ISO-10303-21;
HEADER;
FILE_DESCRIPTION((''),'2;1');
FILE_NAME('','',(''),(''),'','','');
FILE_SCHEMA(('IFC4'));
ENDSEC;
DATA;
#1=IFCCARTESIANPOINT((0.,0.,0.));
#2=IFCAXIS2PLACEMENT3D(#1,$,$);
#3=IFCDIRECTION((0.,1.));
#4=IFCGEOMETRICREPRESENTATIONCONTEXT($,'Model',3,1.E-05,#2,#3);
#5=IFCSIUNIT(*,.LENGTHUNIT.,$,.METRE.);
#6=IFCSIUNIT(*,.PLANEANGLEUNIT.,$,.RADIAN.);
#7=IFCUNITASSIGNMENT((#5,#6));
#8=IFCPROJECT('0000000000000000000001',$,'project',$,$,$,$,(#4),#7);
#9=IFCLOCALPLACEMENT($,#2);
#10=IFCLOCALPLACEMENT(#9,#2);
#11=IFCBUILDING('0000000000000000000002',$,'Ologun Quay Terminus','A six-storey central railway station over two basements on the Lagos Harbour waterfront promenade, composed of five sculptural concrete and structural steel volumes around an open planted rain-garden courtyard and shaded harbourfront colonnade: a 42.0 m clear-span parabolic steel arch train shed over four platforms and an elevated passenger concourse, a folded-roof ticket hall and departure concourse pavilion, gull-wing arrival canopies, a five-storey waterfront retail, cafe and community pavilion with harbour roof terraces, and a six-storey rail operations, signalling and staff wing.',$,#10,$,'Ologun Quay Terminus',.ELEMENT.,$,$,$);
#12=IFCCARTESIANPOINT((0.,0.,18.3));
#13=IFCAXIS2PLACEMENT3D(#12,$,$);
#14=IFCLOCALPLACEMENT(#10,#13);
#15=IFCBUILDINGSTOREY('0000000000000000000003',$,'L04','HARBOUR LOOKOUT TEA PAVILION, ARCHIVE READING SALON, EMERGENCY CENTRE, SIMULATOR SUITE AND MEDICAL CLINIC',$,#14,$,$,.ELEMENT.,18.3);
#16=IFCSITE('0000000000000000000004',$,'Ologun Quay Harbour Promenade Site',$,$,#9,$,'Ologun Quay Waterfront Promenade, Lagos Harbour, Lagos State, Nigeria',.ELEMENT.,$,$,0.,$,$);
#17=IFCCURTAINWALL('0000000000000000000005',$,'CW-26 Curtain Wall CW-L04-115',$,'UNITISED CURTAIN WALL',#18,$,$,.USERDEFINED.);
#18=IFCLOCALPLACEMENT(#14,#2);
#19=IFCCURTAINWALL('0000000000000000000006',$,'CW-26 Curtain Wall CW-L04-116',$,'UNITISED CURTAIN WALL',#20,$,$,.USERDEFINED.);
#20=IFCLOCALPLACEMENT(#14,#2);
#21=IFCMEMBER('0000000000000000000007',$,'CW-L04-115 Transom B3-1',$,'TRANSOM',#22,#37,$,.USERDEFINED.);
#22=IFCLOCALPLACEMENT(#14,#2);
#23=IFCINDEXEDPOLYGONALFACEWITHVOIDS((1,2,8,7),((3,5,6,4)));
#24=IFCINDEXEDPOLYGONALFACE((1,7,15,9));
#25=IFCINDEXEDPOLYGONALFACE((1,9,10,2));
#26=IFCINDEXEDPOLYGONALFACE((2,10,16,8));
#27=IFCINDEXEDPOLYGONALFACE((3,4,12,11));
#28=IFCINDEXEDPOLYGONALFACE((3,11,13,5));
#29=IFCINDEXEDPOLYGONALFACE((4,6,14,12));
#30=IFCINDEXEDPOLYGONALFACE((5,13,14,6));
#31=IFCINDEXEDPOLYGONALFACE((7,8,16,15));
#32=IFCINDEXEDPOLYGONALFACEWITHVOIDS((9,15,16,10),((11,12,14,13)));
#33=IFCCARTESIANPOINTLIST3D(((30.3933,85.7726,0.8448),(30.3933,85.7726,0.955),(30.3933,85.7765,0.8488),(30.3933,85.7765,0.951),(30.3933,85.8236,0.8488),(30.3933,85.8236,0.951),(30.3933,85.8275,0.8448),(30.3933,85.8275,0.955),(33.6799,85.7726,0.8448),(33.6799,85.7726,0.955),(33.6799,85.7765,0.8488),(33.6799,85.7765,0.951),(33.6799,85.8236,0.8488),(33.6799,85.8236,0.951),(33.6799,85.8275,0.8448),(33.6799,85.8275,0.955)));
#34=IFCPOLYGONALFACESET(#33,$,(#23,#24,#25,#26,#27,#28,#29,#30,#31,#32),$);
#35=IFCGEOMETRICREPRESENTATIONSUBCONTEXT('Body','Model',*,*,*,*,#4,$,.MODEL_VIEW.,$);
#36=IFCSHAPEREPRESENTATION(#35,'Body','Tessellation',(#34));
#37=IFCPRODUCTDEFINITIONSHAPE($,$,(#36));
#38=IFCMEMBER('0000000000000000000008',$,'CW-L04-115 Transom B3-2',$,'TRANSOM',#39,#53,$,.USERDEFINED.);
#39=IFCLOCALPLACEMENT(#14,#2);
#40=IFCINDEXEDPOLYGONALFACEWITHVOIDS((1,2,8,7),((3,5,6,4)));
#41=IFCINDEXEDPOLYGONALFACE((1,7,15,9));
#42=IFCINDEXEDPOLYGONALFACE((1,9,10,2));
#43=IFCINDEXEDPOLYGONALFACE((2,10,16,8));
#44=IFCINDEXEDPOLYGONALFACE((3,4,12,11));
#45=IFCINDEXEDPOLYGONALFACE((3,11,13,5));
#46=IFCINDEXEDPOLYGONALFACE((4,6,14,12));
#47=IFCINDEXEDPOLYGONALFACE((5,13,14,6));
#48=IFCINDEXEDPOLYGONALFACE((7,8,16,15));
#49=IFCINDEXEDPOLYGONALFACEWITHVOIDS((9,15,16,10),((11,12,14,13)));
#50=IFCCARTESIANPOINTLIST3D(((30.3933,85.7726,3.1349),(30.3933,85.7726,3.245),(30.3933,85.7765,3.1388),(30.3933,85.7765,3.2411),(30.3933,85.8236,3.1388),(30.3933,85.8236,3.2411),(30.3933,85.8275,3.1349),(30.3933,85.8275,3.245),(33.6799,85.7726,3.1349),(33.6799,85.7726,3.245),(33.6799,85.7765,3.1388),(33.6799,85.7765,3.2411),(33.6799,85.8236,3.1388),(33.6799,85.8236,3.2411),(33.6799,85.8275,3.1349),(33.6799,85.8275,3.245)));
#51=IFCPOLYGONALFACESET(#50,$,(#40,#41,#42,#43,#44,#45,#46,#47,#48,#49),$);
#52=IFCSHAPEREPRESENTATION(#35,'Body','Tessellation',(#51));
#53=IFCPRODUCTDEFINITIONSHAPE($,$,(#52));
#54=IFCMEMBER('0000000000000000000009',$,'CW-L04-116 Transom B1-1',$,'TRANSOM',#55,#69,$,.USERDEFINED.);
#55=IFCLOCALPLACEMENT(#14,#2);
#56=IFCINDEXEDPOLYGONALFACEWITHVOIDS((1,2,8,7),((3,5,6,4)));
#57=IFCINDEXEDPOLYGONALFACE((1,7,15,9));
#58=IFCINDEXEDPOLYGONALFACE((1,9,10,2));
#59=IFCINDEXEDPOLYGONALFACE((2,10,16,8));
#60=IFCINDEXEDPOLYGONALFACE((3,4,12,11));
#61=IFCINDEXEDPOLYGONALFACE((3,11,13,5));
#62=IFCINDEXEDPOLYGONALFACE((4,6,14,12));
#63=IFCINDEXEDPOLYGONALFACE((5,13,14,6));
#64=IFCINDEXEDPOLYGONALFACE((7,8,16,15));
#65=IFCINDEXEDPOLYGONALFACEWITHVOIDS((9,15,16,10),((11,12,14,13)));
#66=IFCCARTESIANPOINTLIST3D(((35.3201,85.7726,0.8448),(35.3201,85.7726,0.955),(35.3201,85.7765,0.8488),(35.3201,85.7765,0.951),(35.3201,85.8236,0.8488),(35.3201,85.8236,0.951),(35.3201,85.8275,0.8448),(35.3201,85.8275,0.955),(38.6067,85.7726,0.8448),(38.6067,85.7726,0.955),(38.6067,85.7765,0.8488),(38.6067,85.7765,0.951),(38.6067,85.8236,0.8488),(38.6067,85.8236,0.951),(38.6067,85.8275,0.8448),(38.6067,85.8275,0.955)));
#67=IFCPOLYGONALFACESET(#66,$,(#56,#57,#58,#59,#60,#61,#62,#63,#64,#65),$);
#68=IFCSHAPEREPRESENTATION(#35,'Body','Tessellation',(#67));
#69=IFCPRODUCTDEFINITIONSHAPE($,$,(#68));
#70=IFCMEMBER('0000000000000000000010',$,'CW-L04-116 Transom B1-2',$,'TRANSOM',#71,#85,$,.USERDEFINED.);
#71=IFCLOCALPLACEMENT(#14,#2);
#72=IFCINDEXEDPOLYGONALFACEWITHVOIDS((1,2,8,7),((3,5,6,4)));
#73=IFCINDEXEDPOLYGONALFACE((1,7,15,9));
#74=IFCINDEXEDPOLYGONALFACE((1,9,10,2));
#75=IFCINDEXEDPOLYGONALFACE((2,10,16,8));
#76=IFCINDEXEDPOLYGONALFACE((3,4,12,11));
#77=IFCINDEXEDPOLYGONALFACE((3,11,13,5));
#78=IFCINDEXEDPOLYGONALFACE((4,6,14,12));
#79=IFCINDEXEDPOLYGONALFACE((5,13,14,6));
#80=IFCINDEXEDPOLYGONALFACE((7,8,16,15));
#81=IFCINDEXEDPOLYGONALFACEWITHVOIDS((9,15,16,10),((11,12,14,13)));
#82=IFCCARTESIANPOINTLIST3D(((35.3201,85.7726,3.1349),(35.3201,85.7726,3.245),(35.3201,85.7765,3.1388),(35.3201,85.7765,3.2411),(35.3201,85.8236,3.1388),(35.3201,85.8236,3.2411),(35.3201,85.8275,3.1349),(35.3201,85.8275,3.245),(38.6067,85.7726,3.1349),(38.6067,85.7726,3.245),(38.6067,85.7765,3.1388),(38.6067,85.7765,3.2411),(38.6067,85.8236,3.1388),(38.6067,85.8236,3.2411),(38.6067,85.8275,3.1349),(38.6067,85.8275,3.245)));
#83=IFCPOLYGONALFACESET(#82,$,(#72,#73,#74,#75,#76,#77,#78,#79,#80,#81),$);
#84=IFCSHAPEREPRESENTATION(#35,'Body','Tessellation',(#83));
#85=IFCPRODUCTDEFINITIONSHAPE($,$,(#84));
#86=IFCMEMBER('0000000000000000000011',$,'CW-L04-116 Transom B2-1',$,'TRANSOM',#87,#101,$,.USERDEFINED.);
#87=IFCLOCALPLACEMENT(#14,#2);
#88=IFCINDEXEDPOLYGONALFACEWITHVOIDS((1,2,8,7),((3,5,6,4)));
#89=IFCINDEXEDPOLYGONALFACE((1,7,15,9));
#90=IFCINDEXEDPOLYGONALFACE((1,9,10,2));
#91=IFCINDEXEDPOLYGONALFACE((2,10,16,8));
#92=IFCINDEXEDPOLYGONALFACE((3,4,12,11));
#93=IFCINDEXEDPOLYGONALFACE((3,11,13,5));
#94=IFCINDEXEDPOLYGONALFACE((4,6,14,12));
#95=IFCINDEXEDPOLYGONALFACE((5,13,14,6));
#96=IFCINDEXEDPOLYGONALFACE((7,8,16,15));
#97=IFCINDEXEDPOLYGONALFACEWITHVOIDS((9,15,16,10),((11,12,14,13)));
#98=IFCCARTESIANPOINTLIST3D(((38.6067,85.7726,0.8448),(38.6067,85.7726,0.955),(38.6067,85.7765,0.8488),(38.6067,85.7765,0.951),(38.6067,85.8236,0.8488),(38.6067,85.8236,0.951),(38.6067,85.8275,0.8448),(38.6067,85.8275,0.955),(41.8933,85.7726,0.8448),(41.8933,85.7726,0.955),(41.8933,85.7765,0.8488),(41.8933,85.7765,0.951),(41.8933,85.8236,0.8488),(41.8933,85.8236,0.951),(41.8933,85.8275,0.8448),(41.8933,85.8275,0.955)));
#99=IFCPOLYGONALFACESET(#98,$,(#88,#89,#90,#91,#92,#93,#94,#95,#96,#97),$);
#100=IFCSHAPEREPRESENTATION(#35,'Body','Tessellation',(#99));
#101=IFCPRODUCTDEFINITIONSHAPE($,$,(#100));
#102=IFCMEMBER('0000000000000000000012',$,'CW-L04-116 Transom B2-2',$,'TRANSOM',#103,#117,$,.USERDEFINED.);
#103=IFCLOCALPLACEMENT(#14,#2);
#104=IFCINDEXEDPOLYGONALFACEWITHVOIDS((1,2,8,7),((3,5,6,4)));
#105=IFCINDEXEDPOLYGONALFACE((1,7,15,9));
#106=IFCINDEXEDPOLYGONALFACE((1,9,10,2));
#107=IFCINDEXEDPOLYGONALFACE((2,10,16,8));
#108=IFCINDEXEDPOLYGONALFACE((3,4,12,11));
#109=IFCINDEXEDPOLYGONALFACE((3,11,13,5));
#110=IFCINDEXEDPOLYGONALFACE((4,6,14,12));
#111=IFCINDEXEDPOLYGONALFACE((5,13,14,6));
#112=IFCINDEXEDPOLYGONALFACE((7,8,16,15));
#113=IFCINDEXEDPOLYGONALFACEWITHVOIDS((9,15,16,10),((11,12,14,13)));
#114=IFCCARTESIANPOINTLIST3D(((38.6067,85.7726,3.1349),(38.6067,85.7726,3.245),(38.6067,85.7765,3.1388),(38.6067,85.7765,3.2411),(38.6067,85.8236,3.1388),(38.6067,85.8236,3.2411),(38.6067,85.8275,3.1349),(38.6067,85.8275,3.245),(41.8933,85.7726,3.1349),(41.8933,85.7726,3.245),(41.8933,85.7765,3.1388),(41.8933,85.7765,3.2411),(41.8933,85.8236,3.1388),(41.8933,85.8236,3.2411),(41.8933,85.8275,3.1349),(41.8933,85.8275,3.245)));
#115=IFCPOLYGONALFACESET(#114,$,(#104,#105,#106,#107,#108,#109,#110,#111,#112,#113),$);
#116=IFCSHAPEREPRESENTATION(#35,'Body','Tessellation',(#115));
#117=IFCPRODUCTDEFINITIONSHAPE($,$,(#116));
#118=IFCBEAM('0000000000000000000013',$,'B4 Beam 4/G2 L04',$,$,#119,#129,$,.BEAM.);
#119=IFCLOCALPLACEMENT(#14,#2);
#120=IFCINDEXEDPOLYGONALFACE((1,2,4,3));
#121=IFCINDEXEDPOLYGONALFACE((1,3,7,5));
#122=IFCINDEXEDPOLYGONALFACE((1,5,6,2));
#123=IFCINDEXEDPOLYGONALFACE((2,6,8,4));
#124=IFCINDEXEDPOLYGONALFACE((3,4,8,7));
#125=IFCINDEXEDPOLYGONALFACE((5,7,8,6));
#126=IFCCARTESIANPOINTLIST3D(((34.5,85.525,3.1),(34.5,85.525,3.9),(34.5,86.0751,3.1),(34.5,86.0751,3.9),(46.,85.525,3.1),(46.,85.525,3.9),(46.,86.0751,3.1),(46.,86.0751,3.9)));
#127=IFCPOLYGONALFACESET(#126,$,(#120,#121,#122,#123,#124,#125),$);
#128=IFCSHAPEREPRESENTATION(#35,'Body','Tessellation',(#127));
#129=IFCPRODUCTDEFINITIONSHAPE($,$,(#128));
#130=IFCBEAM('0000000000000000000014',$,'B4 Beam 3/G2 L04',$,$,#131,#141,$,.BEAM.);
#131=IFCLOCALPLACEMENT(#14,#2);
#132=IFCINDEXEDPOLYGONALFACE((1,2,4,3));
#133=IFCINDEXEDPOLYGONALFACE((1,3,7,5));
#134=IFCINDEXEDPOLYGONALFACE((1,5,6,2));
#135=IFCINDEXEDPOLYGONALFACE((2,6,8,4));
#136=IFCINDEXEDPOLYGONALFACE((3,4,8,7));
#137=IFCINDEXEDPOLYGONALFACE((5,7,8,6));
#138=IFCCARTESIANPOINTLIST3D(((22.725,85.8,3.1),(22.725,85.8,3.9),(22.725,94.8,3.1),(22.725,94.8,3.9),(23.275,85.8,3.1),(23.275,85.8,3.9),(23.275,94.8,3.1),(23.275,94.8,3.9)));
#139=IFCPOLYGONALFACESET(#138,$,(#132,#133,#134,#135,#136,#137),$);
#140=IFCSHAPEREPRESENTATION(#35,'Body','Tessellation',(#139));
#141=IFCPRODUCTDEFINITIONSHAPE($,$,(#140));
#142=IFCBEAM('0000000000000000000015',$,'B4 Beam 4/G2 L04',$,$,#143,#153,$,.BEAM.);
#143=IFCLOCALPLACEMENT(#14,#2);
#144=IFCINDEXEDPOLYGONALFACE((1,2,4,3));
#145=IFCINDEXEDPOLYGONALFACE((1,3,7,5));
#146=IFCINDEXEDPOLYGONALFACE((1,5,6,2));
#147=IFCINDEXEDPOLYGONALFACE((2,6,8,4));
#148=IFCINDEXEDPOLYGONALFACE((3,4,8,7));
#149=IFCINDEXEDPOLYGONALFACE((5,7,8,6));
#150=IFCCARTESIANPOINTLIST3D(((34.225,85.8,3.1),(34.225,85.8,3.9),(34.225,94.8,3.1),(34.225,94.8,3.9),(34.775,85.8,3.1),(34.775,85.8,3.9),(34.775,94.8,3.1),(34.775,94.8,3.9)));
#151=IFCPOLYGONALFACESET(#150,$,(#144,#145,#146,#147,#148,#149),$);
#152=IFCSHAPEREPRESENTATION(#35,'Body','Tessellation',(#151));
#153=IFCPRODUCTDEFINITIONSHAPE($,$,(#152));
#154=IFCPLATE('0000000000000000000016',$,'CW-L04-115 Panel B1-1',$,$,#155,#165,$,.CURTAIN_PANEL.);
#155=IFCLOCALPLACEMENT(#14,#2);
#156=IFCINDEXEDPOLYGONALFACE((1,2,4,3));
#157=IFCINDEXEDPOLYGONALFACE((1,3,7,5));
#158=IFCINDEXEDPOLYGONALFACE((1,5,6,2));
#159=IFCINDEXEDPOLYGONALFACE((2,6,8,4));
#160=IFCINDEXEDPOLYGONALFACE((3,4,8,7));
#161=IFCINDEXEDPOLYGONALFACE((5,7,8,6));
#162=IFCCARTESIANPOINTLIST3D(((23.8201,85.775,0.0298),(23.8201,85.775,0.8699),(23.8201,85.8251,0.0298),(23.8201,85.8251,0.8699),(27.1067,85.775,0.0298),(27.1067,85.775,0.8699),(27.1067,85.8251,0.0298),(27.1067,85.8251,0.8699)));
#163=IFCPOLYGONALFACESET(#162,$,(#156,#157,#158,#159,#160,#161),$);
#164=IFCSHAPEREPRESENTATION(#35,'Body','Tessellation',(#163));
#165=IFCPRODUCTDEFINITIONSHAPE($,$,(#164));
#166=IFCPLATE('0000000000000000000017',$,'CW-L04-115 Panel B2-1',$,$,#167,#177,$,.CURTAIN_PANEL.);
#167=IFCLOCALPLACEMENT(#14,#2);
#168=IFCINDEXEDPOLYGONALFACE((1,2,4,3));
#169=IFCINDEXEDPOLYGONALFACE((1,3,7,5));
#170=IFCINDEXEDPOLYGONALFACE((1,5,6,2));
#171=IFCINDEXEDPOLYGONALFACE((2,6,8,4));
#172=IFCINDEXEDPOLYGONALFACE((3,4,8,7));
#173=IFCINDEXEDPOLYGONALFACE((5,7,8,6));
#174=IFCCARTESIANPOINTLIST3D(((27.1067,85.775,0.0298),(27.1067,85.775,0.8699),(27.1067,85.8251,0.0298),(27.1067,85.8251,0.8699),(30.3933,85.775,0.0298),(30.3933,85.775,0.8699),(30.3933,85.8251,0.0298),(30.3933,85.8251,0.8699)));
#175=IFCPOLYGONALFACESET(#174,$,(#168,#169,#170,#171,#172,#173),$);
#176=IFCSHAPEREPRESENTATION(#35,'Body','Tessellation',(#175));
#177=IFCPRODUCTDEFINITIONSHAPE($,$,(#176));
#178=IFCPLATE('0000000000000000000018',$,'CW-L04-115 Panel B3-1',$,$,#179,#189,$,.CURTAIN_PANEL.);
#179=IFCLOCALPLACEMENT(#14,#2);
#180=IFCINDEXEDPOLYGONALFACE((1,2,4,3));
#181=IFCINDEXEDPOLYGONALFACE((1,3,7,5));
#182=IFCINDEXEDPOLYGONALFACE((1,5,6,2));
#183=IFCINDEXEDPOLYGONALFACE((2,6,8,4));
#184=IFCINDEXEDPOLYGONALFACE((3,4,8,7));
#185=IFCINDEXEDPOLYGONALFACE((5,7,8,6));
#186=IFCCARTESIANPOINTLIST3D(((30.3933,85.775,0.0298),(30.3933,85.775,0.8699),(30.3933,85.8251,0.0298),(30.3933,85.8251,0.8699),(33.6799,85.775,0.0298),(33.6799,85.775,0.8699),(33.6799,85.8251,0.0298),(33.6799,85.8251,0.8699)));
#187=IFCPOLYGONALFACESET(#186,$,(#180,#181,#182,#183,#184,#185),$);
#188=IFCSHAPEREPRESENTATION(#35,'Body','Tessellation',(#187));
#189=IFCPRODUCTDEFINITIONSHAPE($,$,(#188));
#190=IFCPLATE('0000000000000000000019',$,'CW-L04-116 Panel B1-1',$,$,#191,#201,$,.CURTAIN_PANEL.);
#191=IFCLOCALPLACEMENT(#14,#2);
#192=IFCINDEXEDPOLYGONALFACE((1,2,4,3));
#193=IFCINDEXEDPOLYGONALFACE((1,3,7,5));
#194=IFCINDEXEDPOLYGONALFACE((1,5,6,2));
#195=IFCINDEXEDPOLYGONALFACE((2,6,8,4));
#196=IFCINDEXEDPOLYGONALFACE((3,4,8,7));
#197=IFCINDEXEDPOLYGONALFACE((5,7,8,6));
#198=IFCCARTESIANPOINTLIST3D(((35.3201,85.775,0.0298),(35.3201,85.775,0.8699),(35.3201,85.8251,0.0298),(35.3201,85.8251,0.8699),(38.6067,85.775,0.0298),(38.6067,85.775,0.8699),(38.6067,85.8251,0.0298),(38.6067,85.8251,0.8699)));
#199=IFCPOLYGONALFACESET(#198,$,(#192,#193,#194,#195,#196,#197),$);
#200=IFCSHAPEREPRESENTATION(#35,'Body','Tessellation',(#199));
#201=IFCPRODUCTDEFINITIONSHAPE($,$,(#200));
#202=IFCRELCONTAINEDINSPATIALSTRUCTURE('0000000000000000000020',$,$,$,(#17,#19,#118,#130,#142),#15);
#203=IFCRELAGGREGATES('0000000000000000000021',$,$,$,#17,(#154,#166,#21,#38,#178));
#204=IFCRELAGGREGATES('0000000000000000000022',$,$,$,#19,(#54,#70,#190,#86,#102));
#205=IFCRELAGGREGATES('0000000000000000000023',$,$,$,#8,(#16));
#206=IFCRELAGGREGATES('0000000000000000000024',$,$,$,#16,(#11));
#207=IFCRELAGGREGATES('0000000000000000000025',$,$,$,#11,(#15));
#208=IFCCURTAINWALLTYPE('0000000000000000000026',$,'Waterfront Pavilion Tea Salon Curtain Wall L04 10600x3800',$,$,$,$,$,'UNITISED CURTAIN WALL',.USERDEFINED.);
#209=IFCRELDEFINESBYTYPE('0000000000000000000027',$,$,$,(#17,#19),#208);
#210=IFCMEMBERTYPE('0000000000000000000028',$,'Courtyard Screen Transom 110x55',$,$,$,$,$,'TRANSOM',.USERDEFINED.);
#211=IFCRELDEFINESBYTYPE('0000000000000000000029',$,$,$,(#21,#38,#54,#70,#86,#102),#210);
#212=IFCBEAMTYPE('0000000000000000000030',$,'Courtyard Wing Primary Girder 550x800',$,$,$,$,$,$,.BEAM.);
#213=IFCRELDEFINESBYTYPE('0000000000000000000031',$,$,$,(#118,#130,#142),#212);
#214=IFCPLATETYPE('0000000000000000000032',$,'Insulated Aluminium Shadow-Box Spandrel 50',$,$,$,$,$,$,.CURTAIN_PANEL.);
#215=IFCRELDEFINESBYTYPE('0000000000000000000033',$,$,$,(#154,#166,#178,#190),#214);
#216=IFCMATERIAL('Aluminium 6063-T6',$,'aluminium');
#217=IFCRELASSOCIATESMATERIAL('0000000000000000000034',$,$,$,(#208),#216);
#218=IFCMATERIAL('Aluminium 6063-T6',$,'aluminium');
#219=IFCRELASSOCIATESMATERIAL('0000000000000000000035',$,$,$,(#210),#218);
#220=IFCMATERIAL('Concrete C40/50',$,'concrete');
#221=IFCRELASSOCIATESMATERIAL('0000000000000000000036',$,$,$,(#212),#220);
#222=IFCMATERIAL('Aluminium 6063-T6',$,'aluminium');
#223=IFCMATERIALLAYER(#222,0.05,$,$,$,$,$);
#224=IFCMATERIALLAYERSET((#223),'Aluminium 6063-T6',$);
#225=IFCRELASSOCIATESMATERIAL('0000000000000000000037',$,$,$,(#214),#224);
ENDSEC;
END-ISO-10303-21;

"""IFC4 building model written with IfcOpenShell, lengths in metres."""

from ifc_helpers import new_model, si_unit, direction, frame, origin, origin_2d, place, context, subcontext, project, spatial, rectangle, hollow_rectangle, extrude, material, layer, layer_set, material_profile, profile_set, type_object, element, aggregate, save


model = new_model("IFC4")

# Units and contexts
model_context = context("Model", 3, precision=1e-05, world=origin(), true_north=direction((0.0, 1.0)))
body_context = subcontext(model_context, "Body", "Model", "MODEL_VIEW")
ifc_project = project(units=[si_unit("LENGTHUNIT", "METRE"), si_unit("PLANEANGLEUNIT", "RADIAN")], contexts=[model_context])

# Site, building, storey
site_placement = place(None, origin())
site = spatial("IfcSite", under=ifc_project, at=site_placement, Name="Ologun Quay Harbour Promenade Site", LongName="Ologun Quay Waterfront Promenade, Lagos Harbour, Lagos State, Nigeria", CompositionType="ELEMENT", RefElevation=0.0)
building_placement = place(site_placement, origin())
building = spatial("IfcBuilding", under=site, at=building_placement, Name="Ologun Quay Terminus", Description="A six-storey central railway station over two basements on the Lagos Harbour waterfront promenade, composed of five sculptural concrete and structural steel volumes around an open planted rain-garden courtyard and shaded harbourfront colonnade: a 42.0 m clear-span parabolic steel arch train shed over four platforms and an elevated passenger concourse, a folded-roof ticket hall and departure concourse pavilion, gull-wing arrival canopies, a five-storey waterfront retail, cafe and community pavilion with harbour roof terraces, and a six-storey rail operations, signalling and staff wing.", LongName="Ologun Quay Terminus", CompositionType="ELEMENT")
storey_placement = place(building_placement, frame((0.0, 0.0, 18.3)))
storey = spatial("IfcBuildingStorey", under=building, at=storey_placement, Name="L04", Description="HARBOUR LOOKOUT TEA PAVILION, ARCHIVE READING SALON, EMERGENCY CENTRE, SIMULATOR SUITE AND MEDICAL CLINIC", CompositionType="ELEMENT", Elevation=18.3)

# Curtain walls
ifc_material_1 = material(Name="Aluminium 6063-T6", Category="aluminium")
curtain_wall_type = type_object("IfcCurtainWallType", Name="Waterfront Pavilion Tea Salon Curtain Wall L04 10600x3800", ElementType="UNITISED CURTAIN WALL", PredefinedType="USERDEFINED", material=ifc_material_1)
curtain_wall_1_placement = place(storey_placement, origin())
curtain_wall_1 = element("IfcCurtainWall", 1, at=curtain_wall_1_placement, inside=storey, type_object=curtain_wall_type, Name="CW-26 Curtain Wall CW-L04-115", ObjectType="UNITISED CURTAIN WALL", PredefinedType="USERDEFINED")
curtain_wall_2_placement = place(storey_placement, origin())
curtain_wall_2 = element("IfcCurtainWall", 2, at=curtain_wall_2_placement, inside=storey, type_object=curtain_wall_type, Name="CW-26 Curtain Wall CW-L04-116", ObjectType="UNITISED CURTAIN WALL", PredefinedType="USERDEFINED")

# Members
ifc_material_2 = material(Name="Aluminium 6063-T6", Category="aluminium")
ifc_material_profile_1 = material_profile(ifc_material_2, hollow_rectangle(XDim=0.0549, YDim=0.1101, WallThickness=0.0039, at=origin_2d()), Name="ALU 110x55x4")
ifc_profile_set_1 = profile_set([ifc_material_profile_1], Name="Aluminium 6063-T6")
member_type_1 = type_object("IfcMemberType", Name="Courtyard Screen Transom 110x55", ElementType="TRANSOM", PredefinedType="USERDEFINED", material=ifc_profile_set_1)
member_1_placement = place(storey_placement, frame((30.3933, 85.8, 0.8999), z_axis=(1.0, 0.0, 0.0), x_axis=(0.0, 1.0, 0.0)))
member_1 = element("IfcMember", 3, at=member_1_placement, type_object=member_type_1, Name="CW-L04-115 Transom B3-1", ObjectType="TRANSOM", PredefinedType="USERDEFINED", context=body_context, shape_type="SweptSolid", body=[
    extrude(hollow_rectangle(XDim=0.0549, YDim=0.1101, WallThickness=0.0039, at=origin_2d()), origin(), (0.0, 0.0, 1.0), 3.2866),
])
member_2_placement = place(storey_placement, frame((30.3933, 85.8, 3.1899), z_axis=(1.0, 0.0, 0.0), x_axis=(0.0, 1.0, 0.0)))
member_2 = element("IfcMember", 4, at=member_2_placement, type_object=member_type_1, Name="CW-L04-115 Transom B3-2", ObjectType="TRANSOM", PredefinedType="USERDEFINED", context=body_context, shape_type="SweptSolid", body=[
    extrude(hollow_rectangle(XDim=0.0549, YDim=0.1101, WallThickness=0.0039, at=origin_2d()), origin(), (0.0, 0.0, 1.0), 3.2866),
])
member_3_placement = place(storey_placement, frame((35.3201, 85.8, 0.8999), z_axis=(1.0, 0.0, 0.0), x_axis=(0.0, 1.0, 0.0)))
member_3 = element("IfcMember", 5, at=member_3_placement, type_object=member_type_1, Name="CW-L04-116 Transom B1-1", ObjectType="TRANSOM", PredefinedType="USERDEFINED", context=body_context, shape_type="SweptSolid", body=[
    extrude(hollow_rectangle(XDim=0.0549, YDim=0.1101, WallThickness=0.0039, at=origin_2d()), origin(), (0.0, 0.0, 1.0), 3.2866),
])
member_4_placement = place(storey_placement, frame((35.3201, 85.8, 3.1899), z_axis=(1.0, 0.0, 0.0), x_axis=(0.0, 1.0, 0.0)))
member_4 = element("IfcMember", 6, at=member_4_placement, type_object=member_type_1, Name="CW-L04-116 Transom B1-2", ObjectType="TRANSOM", PredefinedType="USERDEFINED", context=body_context, shape_type="SweptSolid", body=[
    extrude(hollow_rectangle(XDim=0.0549, YDim=0.1101, WallThickness=0.0039, at=origin_2d()), origin(), (0.0, 0.0, 1.0), 3.2866),
])
member_5_placement = place(storey_placement, frame((38.6067, 85.8, 0.8999), z_axis=(1.0, 0.0, 0.0), x_axis=(0.0, 1.0, 0.0)))
member_5 = element("IfcMember", 7, at=member_5_placement, type_object=member_type_1, Name="CW-L04-116 Transom B2-1", ObjectType="TRANSOM", PredefinedType="USERDEFINED", context=body_context, shape_type="SweptSolid", body=[
    extrude(hollow_rectangle(XDim=0.0549, YDim=0.1101, WallThickness=0.0039, at=origin_2d()), origin(), (0.0, 0.0, 1.0), 3.2866),
])
member_6_placement = place(storey_placement, frame((38.6067, 85.8, 3.1899), z_axis=(1.0, 0.0, 0.0), x_axis=(0.0, 1.0, 0.0)))
member_6 = element("IfcMember", 8, at=member_6_placement, type_object=member_type_1, Name="CW-L04-116 Transom B2-2", ObjectType="TRANSOM", PredefinedType="USERDEFINED", context=body_context, shape_type="SweptSolid", body=[
    extrude(hollow_rectangle(XDim=0.0549, YDim=0.1101, WallThickness=0.0039, at=origin_2d()), origin(), (0.0, 0.0, 1.0), 3.2866),
])

# Beams
ifc_material_3 = material(Name="Concrete C40/50", Category="concrete")
ifc_material_profile_2 = material_profile(ifc_material_3, rectangle(XDim=0.55, YDim=0.8, at=origin_2d()), Name="RC 550x800")
ifc_profile_set_2 = profile_set([ifc_material_profile_2], Name="Concrete C40/50")
beam_type = type_object("IfcBeamType", Name="Courtyard Wing Primary Girder 550x800", PredefinedType="BEAM", material=ifc_profile_set_2)
beam_placement = place(storey_placement, frame((34.5, 85.8, 3.5), z_axis=(1.0, 0.0, 0.0), x_axis=(0.0, 1.0, 0.0)))
element("IfcBeam", 9, at=beam_placement, inside=storey, type_object=beam_type, Name="B4 Beam 4/G2 L04", PredefinedType="BEAM", context=body_context, shape_type="SweptSolid", body=[
    extrude(rectangle(XDim=0.55, YDim=0.8, at=origin_2d()), origin(), (0.0, 0.0, 1.0), 11.5),
])
for number, where, z_axis, x_axis, name in (
    (10, (23.0, 85.8, 3.5), (0.0, 1.0, 0.0), (-1.0, 0.0, 0.0), "B4 Beam 3/G2 L04"),
    (11, (34.5, 85.8, 3.5), (0.0, 1.0, 0.0), (-1.0, 0.0, 0.0), "B4 Beam 4/G2 L04"),
):
    element("IfcBeam", number, at=place(storey_placement, frame(where, z_axis=z_axis, x_axis=x_axis)), inside=storey, type_object=beam_type, Name=name, PredefinedType="BEAM", context=body_context, shape_type="SweptSolid", body=[
        extrude(rectangle(XDim=0.55, YDim=0.8, at=origin_2d()), origin(), (0.0, 0.0, 1.0), 9.0),
    ])

# Plates
ifc_material_4 = material(Name="Aluminium 6063-T6", Category="aluminium")
ifc_layer_1 = layer(ifc_material_4, 0.05)
ifc_layer_set_1 = layer_set([ifc_layer_1], Name="Aluminium 6063-T6")
plate_type_1 = type_object("IfcPlateType", Name="Insulated Aluminium Shadow-Box Spandrel 50", PredefinedType="CURTAIN_PANEL", material=ifc_layer_set_1)
plate_1_placement = place(storey_placement, frame((25.4634, 85.8, 0.0298), z_axis=(0.0, 0.0, 1.0), x_axis=(1.0, 0.0, 0.0)))
plate_1 = element("IfcPlate", 12, at=plate_1_placement, type_object=plate_type_1, Name="CW-L04-115 Panel B1-1", PredefinedType="CURTAIN_PANEL", context=body_context, shape_type="SweptSolid", body=[
    extrude(rectangle(XDim=3.2866, YDim=0.05, at=origin_2d()), origin(), (0.0, 0.0, 1.0), 0.8401),
])
plate_2_placement = place(storey_placement, frame((28.75, 85.8, 0.0298), z_axis=(0.0, 0.0, 1.0), x_axis=(1.0, 0.0, 0.0)))
plate_2 = element("IfcPlate", 13, at=plate_2_placement, type_object=plate_type_1, Name="CW-L04-115 Panel B2-1", PredefinedType="CURTAIN_PANEL", context=body_context, shape_type="SweptSolid", body=[
    extrude(rectangle(XDim=3.2866, YDim=0.05, at=origin_2d()), origin(), (0.0, 0.0, 1.0), 0.8401),
])
plate_3_placement = place(storey_placement, frame((32.0366, 85.8, 0.0298), z_axis=(0.0, 0.0, 1.0), x_axis=(1.0, 0.0, 0.0)))
plate_3 = element("IfcPlate", 14, at=plate_3_placement, type_object=plate_type_1, Name="CW-L04-115 Panel B3-1", PredefinedType="CURTAIN_PANEL", context=body_context, shape_type="SweptSolid", body=[
    extrude(rectangle(XDim=3.2866, YDim=0.05, at=origin_2d()), origin(), (0.0, 0.0, 1.0), 0.8401),
])
plate_4_placement = place(storey_placement, frame((36.9634, 85.8, 0.0298), z_axis=(0.0, 0.0, 1.0), x_axis=(1.0, 0.0, 0.0)))
plate_4 = element("IfcPlate", 15, at=plate_4_placement, type_object=plate_type_1, Name="CW-L04-116 Panel B1-1", PredefinedType="CURTAIN_PANEL", context=body_context, shape_type="SweptSolid", body=[
    extrude(rectangle(XDim=3.2866, YDim=0.05, at=origin_2d()), origin(), (0.0, 0.0, 1.0), 0.8401),
])
aggregate(curtain_wall_1, [plate_1, plate_2, member_1, member_2, plate_3])
aggregate(curtain_wall_2, [member_3, member_4, plate_4, member_5, member_6])

save(model, "model.ifc")
